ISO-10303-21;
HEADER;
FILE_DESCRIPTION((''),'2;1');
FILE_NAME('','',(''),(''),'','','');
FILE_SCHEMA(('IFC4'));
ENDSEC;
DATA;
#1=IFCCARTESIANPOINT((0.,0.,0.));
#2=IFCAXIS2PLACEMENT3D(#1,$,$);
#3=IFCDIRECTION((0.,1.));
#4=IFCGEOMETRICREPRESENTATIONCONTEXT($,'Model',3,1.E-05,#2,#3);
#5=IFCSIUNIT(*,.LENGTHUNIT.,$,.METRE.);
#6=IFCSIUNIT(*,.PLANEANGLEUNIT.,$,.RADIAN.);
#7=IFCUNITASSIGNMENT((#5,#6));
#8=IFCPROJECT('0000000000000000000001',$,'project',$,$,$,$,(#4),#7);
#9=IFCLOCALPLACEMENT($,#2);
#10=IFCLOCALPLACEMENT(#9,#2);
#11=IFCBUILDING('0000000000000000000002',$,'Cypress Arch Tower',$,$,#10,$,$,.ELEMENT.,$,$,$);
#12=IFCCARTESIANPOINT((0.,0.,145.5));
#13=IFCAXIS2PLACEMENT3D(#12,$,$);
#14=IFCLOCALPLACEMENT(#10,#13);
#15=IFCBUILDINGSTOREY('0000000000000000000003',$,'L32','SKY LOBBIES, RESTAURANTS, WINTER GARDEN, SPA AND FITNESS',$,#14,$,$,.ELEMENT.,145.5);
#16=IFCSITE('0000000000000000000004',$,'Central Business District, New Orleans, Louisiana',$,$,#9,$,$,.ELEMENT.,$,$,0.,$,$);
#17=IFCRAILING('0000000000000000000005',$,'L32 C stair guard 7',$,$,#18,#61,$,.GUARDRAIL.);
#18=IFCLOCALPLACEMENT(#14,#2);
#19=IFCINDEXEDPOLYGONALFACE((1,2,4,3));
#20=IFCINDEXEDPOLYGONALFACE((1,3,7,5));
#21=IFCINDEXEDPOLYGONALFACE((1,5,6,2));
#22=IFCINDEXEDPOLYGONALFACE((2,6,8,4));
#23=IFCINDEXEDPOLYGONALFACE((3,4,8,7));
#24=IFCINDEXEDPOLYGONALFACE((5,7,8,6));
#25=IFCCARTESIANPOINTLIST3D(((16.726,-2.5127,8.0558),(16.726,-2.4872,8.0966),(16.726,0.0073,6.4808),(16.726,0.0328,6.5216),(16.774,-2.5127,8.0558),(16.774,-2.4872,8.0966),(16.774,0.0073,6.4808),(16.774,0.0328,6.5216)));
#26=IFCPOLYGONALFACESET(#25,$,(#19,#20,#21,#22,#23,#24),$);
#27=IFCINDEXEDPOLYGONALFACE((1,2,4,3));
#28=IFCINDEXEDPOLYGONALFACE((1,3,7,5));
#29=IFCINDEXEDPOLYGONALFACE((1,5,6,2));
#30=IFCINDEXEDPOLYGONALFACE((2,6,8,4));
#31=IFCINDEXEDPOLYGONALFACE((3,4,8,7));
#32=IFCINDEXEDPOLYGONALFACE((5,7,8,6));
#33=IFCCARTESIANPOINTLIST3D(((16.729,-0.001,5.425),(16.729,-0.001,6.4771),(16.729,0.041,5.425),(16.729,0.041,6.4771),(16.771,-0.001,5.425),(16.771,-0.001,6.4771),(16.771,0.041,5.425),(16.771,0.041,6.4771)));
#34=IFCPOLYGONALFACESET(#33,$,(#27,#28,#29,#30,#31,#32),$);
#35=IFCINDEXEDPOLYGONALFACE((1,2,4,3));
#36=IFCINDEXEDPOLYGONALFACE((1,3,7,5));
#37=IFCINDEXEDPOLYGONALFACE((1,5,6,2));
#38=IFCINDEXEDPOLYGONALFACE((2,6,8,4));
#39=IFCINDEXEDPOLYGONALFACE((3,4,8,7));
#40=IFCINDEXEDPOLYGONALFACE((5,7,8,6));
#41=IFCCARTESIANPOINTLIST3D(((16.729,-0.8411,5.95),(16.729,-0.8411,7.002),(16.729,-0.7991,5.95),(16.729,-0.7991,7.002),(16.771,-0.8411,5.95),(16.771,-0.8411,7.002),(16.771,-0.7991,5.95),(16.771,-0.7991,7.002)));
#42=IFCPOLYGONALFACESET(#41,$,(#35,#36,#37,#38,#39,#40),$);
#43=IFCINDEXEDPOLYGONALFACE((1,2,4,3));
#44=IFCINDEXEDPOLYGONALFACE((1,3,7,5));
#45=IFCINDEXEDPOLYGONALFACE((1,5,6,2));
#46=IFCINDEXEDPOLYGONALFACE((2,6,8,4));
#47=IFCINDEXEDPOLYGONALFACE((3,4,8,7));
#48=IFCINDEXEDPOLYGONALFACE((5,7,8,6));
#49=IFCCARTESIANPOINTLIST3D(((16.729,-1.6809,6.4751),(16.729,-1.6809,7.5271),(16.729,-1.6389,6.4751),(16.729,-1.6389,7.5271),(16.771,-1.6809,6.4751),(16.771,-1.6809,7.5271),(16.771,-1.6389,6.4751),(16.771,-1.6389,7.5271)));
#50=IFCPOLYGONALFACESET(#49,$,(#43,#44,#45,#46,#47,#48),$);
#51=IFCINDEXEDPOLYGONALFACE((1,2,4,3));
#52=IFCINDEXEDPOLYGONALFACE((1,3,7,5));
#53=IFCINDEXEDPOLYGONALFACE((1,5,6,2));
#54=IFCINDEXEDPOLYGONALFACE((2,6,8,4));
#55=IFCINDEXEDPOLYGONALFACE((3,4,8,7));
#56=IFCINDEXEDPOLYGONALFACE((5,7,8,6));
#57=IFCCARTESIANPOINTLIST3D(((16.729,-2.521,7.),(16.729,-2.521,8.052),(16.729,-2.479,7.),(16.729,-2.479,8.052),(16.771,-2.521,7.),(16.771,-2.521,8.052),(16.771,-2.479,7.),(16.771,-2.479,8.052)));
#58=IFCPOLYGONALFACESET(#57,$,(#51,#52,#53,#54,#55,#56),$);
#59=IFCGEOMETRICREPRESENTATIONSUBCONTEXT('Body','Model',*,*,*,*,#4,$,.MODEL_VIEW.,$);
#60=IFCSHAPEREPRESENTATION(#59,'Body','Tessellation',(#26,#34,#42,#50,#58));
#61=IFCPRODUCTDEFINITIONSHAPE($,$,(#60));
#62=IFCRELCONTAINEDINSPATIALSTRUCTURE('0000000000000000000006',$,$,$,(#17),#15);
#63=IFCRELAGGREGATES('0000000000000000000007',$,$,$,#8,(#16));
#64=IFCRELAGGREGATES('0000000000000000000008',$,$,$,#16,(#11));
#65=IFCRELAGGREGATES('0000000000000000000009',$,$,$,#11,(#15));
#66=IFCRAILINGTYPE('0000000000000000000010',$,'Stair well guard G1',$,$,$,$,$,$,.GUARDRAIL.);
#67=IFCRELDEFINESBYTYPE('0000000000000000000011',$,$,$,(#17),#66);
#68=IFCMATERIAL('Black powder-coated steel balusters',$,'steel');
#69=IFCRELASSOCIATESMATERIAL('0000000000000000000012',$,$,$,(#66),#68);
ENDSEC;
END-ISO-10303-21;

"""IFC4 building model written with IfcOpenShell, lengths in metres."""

from ifc_helpers import new_model, si_unit, direction, frame, origin, origin_2d, place, context, subcontext, project, spatial, rectangle, extrude, material, type_object, element, save


model = new_model("IFC4")

# Units and contexts
model_context = context("Model", 3, precision=1e-05, world=origin(), true_north=direction((0.0, 1.0)))
body_context = subcontext(model_context, "Body", "Model", "MODEL_VIEW")
ifc_project = project(units=[si_unit("LENGTHUNIT", "METRE"), si_unit("PLANEANGLEUNIT", "RADIAN")], contexts=[model_context])

# Site, building, storey
site_placement = place(None, origin())
site = spatial("IfcSite", under=ifc_project, at=site_placement, Name="Central Business District, New Orleans, Louisiana", CompositionType="ELEMENT", RefElevation=0.0)
building_placement = place(site_placement, origin())
building = spatial("IfcBuilding", under=site, at=building_placement, Name="Cypress Arch Tower", CompositionType="ELEMENT")
storey_placement = place(building_placement, frame((0.0, 0.0, 145.5)))
storey = spatial("IfcBuildingStorey", under=building, at=storey_placement, Name="L32", Description="SKY LOBBIES, RESTAURANTS, WINTER GARDEN, SPA AND FITNESS", CompositionType="ELEMENT", Elevation=145.5)

# Railing
ifc_material_1 = material(Name="Black powder-coated steel balusters", Category="steel")
railing_type_1 = type_object("IfcRailingType", Name="Stair well guard G1", PredefinedType="GUARDRAIL", material=ifc_material_1)
railing_1_placement = place(storey_placement, frame((16.75, 0.02, 5.425)))
element("IfcRailing", 1, at=railing_1_placement, inside=storey, type_object=railing_type_1, Name="L32 C stair guard 7", PredefinedType="GUARDRAIL", context=body_context, shape_type="SweptSolid", body=[
    extrude(rectangle(XDim=0.0481, YDim=0.0481, at=origin_2d()), frame((0.0, 0.0, 1.0762), z_axis=(0.0, -0.848008, 0.529984), x_axis=(1.0, 0.0, 0.0)), (0.0, 0.0, 1.0), 2.9717),
    extrude(rectangle(XDim=0.042, YDim=0.042, at=origin_2d()), origin(), (0.0, 0.0, 1.0), 1.052),
    extrude(rectangle(XDim=0.042, YDim=0.042, at=origin_2d()), frame((0.0, -0.8401, 0.5249)), (0.0, 0.0, 1.0), 1.052),
    extrude(rectangle(XDim=0.042, YDim=0.042, at=origin_2d()), frame((0.0, -1.6799, 1.05)), (0.0, 0.0, 1.0), 1.052),
    extrude(rectangle(XDim=0.042, YDim=0.042, at=origin_2d()), frame((0.0, -2.52, 1.575)), (0.0, 0.0, 1.0), 1.052),
])

save(model, "model.ifc")
